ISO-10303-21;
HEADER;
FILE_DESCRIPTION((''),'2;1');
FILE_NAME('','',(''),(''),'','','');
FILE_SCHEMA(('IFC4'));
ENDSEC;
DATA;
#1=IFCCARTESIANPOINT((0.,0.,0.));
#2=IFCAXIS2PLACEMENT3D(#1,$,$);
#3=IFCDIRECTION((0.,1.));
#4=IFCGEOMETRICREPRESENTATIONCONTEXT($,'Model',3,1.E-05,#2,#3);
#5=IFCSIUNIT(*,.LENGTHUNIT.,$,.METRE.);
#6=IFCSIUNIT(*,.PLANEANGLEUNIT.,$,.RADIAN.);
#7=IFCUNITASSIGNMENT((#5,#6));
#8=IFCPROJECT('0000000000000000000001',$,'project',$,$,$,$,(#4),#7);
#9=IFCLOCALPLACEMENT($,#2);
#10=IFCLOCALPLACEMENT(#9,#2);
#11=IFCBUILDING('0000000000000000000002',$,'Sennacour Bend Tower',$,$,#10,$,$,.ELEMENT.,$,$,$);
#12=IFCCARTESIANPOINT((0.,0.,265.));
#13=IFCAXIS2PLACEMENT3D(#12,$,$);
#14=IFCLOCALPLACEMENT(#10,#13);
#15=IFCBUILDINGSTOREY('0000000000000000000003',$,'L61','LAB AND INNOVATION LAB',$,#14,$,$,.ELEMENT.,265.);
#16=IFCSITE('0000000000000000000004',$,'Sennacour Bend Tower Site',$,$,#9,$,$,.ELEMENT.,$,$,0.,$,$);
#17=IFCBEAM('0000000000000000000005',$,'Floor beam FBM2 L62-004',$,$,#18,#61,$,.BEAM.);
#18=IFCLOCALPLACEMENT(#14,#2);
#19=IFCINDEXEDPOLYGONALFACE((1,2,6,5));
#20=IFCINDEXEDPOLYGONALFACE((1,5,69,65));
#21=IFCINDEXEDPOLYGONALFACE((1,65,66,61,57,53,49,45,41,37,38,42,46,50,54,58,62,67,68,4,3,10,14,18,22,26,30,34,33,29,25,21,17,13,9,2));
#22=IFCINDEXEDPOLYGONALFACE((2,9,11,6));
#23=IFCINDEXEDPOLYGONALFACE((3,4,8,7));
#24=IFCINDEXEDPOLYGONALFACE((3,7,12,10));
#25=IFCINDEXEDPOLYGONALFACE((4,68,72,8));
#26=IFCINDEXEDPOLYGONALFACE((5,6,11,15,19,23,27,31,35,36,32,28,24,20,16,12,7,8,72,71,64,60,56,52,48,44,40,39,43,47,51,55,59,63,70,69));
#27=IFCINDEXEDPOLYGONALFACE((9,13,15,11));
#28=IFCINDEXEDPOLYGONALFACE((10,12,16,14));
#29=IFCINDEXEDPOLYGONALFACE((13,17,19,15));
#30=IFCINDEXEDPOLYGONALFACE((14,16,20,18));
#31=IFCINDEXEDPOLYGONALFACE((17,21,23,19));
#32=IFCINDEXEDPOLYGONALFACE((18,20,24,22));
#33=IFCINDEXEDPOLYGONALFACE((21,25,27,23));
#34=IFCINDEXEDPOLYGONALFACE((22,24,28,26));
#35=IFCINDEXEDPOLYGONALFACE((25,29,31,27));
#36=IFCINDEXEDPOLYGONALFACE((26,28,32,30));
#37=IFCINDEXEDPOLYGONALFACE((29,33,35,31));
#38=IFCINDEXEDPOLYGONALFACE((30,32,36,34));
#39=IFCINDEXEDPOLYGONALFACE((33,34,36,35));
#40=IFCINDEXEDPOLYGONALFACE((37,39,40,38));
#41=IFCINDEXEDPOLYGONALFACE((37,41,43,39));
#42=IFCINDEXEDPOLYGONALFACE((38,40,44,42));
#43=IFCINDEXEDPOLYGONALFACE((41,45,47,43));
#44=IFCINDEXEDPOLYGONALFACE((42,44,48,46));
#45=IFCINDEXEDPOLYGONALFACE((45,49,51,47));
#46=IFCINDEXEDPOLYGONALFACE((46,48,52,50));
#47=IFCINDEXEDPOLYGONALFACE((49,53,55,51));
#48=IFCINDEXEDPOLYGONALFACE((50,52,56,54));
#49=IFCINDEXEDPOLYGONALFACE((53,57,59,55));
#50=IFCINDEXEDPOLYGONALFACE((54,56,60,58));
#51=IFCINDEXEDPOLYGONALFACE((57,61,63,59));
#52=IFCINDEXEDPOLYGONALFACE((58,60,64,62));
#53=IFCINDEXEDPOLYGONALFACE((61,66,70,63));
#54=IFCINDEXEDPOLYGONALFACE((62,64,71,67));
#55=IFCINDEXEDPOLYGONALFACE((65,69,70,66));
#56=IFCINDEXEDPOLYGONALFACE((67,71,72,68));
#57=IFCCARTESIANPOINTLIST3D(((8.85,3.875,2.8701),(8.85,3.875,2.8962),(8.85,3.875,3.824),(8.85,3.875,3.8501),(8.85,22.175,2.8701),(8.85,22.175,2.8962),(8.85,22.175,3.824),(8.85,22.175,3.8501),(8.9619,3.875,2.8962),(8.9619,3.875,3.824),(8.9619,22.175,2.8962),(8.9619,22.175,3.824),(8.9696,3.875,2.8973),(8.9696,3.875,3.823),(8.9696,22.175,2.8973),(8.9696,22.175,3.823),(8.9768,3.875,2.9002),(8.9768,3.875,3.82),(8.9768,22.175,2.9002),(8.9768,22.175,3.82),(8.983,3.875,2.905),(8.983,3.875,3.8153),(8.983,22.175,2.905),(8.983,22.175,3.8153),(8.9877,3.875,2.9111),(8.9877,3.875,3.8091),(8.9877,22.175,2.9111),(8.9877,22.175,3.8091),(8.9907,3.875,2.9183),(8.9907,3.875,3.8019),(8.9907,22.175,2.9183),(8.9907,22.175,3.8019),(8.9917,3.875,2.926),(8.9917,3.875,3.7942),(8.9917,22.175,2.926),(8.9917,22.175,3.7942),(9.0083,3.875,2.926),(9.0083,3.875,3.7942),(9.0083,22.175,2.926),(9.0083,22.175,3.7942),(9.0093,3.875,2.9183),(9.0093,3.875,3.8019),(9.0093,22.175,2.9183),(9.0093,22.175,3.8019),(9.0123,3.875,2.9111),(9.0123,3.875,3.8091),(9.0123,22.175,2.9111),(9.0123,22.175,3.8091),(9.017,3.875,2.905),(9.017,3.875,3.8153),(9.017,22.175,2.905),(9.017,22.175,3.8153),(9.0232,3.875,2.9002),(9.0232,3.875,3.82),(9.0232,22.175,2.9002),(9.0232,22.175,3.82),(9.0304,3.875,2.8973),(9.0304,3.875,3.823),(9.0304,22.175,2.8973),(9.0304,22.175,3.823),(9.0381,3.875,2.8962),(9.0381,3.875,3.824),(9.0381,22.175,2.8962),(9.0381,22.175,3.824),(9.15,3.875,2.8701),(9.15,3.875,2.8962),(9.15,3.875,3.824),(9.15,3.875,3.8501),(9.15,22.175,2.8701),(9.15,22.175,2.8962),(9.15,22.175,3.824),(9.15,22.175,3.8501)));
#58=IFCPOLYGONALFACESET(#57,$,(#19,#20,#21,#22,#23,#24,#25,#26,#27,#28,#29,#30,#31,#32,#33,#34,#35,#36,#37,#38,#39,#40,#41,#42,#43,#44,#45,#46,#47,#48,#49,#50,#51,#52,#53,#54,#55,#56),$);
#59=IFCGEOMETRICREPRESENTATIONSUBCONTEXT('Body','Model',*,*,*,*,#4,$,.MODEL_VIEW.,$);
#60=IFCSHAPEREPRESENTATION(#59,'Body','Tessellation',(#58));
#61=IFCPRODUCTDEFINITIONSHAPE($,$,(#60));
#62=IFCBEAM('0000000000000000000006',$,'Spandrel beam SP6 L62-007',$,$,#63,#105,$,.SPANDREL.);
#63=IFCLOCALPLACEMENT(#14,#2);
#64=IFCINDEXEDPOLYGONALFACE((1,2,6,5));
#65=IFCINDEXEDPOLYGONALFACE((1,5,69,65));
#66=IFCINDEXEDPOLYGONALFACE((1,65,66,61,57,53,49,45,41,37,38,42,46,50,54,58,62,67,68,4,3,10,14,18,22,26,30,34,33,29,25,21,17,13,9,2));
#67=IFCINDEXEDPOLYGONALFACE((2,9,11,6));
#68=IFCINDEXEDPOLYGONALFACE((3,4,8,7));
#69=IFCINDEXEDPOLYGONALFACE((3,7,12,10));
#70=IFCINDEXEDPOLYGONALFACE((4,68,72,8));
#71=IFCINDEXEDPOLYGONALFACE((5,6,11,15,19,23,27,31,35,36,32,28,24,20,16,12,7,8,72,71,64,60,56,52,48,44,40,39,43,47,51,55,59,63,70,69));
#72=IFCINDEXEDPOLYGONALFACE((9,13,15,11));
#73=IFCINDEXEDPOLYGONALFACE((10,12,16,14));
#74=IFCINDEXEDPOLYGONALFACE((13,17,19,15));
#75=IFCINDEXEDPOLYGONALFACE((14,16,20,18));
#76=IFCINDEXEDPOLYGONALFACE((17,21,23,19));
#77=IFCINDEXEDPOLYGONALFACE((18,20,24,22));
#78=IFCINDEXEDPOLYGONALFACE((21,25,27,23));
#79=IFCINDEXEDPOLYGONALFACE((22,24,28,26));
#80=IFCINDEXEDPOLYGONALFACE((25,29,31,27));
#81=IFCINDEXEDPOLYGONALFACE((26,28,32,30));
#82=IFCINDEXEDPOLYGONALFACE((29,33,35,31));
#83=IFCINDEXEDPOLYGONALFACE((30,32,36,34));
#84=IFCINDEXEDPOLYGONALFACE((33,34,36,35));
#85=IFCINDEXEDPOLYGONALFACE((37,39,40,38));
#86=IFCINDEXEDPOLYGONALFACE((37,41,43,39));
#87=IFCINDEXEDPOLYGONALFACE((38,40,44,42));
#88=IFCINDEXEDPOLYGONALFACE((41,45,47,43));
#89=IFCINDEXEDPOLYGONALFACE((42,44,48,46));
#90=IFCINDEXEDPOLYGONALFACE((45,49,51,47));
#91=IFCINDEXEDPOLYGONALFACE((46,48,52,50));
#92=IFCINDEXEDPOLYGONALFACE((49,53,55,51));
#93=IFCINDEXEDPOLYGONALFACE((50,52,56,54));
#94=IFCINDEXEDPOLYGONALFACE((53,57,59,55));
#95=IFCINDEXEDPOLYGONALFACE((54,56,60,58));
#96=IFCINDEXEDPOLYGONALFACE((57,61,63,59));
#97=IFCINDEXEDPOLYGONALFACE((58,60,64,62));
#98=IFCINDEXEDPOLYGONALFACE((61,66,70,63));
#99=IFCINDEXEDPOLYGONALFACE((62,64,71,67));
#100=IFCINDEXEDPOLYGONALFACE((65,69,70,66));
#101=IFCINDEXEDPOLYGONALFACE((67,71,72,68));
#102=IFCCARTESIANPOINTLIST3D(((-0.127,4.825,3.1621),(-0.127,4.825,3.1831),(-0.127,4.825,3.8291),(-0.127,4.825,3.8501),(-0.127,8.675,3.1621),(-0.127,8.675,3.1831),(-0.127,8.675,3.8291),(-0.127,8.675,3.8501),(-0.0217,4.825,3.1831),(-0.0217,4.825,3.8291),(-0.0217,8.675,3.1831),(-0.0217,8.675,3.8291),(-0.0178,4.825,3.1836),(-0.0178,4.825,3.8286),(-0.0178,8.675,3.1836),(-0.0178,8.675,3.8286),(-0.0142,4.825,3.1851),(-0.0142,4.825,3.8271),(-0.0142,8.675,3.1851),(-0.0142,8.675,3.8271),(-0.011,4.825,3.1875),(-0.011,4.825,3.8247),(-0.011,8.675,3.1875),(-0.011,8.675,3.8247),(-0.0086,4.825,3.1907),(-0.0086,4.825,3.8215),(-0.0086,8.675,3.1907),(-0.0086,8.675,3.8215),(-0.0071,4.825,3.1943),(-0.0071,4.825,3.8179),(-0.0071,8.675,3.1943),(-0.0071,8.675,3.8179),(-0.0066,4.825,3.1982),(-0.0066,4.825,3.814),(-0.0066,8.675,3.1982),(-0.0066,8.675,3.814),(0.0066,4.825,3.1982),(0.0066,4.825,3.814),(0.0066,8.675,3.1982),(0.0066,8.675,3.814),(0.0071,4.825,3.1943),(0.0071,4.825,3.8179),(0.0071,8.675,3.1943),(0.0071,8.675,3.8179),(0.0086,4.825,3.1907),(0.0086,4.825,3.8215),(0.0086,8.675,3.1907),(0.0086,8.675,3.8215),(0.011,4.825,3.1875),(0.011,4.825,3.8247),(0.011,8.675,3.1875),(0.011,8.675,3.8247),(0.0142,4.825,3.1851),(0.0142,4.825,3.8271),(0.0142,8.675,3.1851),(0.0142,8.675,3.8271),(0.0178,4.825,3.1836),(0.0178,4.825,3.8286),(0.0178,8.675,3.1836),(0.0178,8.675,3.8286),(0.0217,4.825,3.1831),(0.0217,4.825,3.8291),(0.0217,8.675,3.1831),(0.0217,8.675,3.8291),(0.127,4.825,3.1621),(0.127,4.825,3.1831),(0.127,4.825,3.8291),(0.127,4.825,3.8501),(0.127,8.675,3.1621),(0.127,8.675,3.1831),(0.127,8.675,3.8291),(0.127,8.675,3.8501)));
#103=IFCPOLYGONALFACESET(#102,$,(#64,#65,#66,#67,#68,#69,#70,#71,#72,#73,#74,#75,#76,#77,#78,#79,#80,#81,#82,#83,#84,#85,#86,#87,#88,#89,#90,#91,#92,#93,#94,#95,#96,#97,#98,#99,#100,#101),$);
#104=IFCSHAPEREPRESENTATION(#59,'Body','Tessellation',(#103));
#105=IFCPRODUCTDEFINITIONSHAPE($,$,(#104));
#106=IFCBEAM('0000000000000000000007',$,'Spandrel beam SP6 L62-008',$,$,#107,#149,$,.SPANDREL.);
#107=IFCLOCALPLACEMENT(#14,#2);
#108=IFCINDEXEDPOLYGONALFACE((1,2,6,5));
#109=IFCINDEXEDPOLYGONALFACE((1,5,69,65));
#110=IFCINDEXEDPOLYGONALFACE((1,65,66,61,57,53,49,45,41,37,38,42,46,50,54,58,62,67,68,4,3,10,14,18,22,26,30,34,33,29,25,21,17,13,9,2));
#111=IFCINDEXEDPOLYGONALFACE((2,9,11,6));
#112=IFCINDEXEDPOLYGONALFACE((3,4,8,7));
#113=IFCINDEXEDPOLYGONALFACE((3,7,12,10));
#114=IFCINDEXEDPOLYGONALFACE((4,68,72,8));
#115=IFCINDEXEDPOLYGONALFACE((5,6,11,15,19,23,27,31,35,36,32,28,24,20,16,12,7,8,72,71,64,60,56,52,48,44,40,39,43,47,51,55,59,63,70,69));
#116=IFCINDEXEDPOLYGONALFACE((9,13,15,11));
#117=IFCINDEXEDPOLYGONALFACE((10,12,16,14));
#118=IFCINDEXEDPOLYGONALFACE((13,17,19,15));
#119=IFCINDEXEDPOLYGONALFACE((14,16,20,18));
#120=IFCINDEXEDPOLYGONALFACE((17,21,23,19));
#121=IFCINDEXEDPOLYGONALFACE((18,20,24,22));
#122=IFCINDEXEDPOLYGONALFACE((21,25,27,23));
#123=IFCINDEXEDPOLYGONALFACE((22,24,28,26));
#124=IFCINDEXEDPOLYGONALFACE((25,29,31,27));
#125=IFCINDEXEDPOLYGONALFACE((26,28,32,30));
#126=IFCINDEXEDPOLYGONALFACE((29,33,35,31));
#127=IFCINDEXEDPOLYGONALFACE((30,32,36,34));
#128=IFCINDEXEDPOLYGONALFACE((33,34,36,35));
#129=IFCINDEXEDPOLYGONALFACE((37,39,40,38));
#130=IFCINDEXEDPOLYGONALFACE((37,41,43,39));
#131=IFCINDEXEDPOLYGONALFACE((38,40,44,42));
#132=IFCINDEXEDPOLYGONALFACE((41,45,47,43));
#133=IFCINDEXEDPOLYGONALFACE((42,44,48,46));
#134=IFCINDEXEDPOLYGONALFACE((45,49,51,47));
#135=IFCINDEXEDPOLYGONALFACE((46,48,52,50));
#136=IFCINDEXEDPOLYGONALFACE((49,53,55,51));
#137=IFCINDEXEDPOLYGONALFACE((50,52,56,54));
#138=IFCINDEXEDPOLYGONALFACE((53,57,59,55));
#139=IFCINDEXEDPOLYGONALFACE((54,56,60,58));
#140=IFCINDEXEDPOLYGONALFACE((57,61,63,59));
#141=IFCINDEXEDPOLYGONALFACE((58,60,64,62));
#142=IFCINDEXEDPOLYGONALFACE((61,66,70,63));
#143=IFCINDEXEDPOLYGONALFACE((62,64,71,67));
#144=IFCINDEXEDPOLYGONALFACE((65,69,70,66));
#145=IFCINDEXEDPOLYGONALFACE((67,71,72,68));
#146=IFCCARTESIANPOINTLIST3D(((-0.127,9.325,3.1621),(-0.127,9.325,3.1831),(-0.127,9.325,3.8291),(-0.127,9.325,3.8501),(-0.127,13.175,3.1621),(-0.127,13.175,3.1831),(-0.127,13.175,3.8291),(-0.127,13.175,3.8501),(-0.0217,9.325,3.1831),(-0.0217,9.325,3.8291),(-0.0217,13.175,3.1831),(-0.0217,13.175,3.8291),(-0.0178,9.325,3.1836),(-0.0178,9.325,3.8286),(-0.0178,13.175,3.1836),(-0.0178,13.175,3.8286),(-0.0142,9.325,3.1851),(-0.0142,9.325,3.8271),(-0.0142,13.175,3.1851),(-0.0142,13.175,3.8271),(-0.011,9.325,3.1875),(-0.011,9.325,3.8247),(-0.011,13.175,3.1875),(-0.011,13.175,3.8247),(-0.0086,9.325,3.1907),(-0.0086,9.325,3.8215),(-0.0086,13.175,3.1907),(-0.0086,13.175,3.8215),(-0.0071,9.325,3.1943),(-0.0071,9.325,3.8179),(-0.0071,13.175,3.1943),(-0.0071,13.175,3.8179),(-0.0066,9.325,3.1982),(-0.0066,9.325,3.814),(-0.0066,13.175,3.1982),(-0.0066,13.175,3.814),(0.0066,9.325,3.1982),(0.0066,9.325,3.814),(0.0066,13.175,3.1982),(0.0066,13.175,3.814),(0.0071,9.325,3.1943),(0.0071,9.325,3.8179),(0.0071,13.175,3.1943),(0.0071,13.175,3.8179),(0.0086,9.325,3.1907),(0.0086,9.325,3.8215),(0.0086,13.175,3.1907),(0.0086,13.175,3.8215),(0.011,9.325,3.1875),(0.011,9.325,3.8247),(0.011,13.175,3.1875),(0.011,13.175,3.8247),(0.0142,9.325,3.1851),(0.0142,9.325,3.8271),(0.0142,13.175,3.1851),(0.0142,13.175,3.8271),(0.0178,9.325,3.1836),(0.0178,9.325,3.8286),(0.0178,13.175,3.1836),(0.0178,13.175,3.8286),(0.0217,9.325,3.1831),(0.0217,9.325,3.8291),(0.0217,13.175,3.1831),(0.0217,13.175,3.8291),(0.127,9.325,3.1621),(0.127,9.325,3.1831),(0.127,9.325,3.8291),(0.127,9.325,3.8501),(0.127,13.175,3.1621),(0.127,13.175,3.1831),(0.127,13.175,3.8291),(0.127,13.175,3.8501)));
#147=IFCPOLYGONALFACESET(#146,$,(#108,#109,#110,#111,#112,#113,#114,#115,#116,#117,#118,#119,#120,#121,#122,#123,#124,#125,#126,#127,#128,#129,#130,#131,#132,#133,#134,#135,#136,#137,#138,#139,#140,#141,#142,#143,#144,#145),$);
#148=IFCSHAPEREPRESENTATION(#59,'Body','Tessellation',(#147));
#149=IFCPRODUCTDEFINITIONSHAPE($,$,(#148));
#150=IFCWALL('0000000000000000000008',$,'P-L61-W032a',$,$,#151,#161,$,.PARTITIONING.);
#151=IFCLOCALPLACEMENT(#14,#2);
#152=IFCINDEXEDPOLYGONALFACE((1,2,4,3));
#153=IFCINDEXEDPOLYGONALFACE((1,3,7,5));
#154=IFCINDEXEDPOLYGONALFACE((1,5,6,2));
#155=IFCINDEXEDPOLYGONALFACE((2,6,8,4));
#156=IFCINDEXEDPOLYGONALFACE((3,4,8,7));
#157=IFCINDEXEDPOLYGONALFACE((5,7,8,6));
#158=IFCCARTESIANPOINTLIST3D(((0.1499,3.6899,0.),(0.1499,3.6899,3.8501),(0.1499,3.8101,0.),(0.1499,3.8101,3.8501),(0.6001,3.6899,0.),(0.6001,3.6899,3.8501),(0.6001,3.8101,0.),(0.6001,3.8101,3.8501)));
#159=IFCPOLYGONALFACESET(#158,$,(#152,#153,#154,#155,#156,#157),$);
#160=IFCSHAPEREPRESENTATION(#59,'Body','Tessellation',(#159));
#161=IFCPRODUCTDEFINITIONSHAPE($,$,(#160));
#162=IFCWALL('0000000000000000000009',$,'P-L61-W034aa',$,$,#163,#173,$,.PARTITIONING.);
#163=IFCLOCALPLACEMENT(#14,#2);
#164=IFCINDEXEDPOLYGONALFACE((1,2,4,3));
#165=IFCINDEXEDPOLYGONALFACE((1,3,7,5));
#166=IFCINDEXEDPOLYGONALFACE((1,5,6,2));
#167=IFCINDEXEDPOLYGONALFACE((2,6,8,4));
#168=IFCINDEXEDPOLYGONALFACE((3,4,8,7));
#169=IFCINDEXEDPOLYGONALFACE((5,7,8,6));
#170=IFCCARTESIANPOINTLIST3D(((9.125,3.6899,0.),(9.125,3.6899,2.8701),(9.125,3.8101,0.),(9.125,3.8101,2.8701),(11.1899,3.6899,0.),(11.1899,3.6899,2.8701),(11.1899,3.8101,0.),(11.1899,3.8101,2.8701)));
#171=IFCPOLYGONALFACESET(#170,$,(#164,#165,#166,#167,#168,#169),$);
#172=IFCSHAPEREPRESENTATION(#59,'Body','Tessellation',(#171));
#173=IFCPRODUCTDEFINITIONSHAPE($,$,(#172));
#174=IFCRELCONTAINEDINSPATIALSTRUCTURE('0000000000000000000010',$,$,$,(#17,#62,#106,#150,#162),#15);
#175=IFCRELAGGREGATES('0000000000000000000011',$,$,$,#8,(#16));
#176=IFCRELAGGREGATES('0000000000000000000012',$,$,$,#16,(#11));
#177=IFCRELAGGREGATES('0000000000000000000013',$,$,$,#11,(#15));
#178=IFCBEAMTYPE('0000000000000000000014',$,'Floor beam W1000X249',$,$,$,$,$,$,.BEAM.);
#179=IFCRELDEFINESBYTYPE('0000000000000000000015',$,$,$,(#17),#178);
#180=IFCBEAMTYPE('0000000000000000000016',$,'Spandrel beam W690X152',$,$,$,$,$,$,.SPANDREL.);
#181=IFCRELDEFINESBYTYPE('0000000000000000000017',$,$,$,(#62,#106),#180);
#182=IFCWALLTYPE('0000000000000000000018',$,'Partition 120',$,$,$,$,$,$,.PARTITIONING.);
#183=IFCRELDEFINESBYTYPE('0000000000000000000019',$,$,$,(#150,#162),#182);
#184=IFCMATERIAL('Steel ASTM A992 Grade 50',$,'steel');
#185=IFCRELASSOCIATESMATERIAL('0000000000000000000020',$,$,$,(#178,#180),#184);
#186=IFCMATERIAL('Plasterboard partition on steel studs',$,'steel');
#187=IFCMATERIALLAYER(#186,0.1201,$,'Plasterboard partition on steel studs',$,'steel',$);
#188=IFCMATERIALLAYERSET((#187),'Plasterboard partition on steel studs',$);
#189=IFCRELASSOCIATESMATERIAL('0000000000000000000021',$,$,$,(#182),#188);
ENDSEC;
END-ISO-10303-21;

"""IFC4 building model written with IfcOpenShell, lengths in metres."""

from ifc_helpers import new_model, si_unit, direction, frame, frame_2d, origin, origin_2d, place, context, subcontext, project, spatial, rectangle, i_section, extrude, material, layer, layer_set, material_profile, profile_set, type_object, element, save


model = new_model("IFC4")

# Units and contexts
model_context = context("Model", 3, precision=1e-05, world=origin(), true_north=direction((0.0, 1.0)))
body_context = subcontext(model_context, "Body", "Model", "MODEL_VIEW")
ifc_project = project(units=[si_unit("LENGTHUNIT", "METRE"), si_unit("PLANEANGLEUNIT", "RADIAN")], contexts=[model_context])

# Site, building, storey
site_placement = place(None, origin())
site = spatial("IfcSite", under=ifc_project, at=site_placement, Name="Sennacour Bend Tower Site", CompositionType="ELEMENT", RefElevation=0.0)
building_placement = place(site_placement, origin())
building = spatial("IfcBuilding", under=site, at=building_placement, Name="Sennacour Bend Tower", CompositionType="ELEMENT")
storey_placement = place(building_placement, frame((0.0, 0.0, 265.0)))
storey = spatial("IfcBuildingStorey", under=building, at=storey_placement, Name="L61", Description="LAB AND INNOVATION LAB", CompositionType="ELEMENT", Elevation=265.0)

# Beams
ifc_material_1 = material(Name="Steel ASTM A992 Grade 50", Category="steel")
ifc_material_profile_1 = material_profile(ifc_material_1, i_section(OverallWidth=0.3, OverallDepth=0.98, WebThickness=0.0166, FlangeThickness=0.0261, FilletRadius=0.0298, at=origin_2d()), Name="Steel ASTM A992 Grade 50", Category="steel")
ifc_profile_set_1 = profile_set([ifc_material_profile_1], Name="Steel ASTM A992 Grade 50")
beam_type_1 = type_object("IfcBeamType", Name="Floor beam W1000X249", PredefinedType="BEAM", material=ifc_profile_set_1)
beam_1_placement = place(storey_placement, frame((9.0, 3.875, 3.3601), z_axis=(0.0, 1.0, 0.0), x_axis=(-1.0, 0.0, 0.0)))
element("IfcBeam", 1, at=beam_1_placement, inside=storey, type_object=beam_type_1, Name="Floor beam FBM2 L62-004", PredefinedType="BEAM", context=body_context, shape_type="SweptSolid", body=[
    extrude(i_section(OverallWidth=0.3, OverallDepth=0.98, WebThickness=0.0166, FlangeThickness=0.0261, FilletRadius=0.0298, at=origin_2d()), origin(), (0.0, 0.0, 1.0), 18.3),
])
ifc_material_profile_2 = material_profile(ifc_material_1, i_section(OverallWidth=0.2539, OverallDepth=0.688, WebThickness=0.0132, FlangeThickness=0.021, FilletRadius=0.0151, at=origin_2d()), Name="Steel ASTM A992 Grade 50", Category="steel")
ifc_profile_set_2 = profile_set([ifc_material_profile_2], Name="Steel ASTM A992 Grade 50")
beam_type_2 = type_object("IfcBeamType", Name="Spandrel beam W690X152", PredefinedType="SPANDREL", material=ifc_profile_set_2)
for number, where, z_axis, x_axis, name in (
    (2, (0.0, 4.825, 3.5061), (0.0, 1.0, 0.0), (-1.0, 0.0, 0.0), "Spandrel beam SP6 L62-007"),
    (3, (0.0, 9.325, 3.5061), (0.0, 1.0, 0.0), (-1.0, 0.0, 0.0), "Spandrel beam SP6 L62-008"),
):
    element("IfcBeam", number, at=place(storey_placement, frame(where, z_axis=z_axis, x_axis=x_axis)), inside=storey, type_object=beam_type_2, Name=name, PredefinedType="SPANDREL", context=body_context, shape_type="SweptSolid", body=[
        extrude(i_section(OverallWidth=0.2539, OverallDepth=0.688, WebThickness=0.0132, FlangeThickness=0.021, FilletRadius=0.0151, at=origin_2d()), origin(), (0.0, 0.0, 1.0), 3.8501),
    ])

# Walls
ifc_material_2 = material(Name="Plasterboard partition on steel studs", Category="steel")
ifc_layer_1 = layer(ifc_material_2, 0.1201, Name="Plasterboard partition on steel studs", Category="steel")
ifc_layer_set_1 = layer_set([ifc_layer_1], Name="Plasterboard partition on steel studs")
wall_type_1 = type_object("IfcWallType", Name="Partition 120", PredefinedType="PARTITIONING", material=ifc_layer_set_1)
wall_1_placement = place(storey_placement, frame((0.1499, 3.75, 0.0), z_axis=(0.0, 0.0, 1.0), x_axis=(1.0, 0.0, 0.0)))
element("IfcWall", 4, at=wall_1_placement, inside=storey, type_object=wall_type_1, Name="P-L61-W032a", PredefinedType="PARTITIONING", context=body_context, shape_type="SweptSolid", body=[
    extrude(rectangle(XDim=0.4502, YDim=0.1201, at=frame_2d((0.2251, 0.0))), origin(), (0.0, 0.0, 1.0), 3.8501),
])
wall_2_placement = place(storey_placement, frame((9.125, 3.75, 0.0), z_axis=(0.0, 0.0, 1.0), x_axis=(1.0, 0.0, 0.0)))
element("IfcWall", 5, at=wall_2_placement, inside=storey, type_object=wall_type_1, Name="P-L61-W034aa", PredefinedType="PARTITIONING", context=body_context, shape_type="SweptSolid", body=[
    extrude(rectangle(XDim=2.0649, YDim=0.1201, at=frame_2d((1.0325, 0.0))), origin(), (0.0, 0.0, 1.0), 2.8701),
])

save(model, "model.ifc")
